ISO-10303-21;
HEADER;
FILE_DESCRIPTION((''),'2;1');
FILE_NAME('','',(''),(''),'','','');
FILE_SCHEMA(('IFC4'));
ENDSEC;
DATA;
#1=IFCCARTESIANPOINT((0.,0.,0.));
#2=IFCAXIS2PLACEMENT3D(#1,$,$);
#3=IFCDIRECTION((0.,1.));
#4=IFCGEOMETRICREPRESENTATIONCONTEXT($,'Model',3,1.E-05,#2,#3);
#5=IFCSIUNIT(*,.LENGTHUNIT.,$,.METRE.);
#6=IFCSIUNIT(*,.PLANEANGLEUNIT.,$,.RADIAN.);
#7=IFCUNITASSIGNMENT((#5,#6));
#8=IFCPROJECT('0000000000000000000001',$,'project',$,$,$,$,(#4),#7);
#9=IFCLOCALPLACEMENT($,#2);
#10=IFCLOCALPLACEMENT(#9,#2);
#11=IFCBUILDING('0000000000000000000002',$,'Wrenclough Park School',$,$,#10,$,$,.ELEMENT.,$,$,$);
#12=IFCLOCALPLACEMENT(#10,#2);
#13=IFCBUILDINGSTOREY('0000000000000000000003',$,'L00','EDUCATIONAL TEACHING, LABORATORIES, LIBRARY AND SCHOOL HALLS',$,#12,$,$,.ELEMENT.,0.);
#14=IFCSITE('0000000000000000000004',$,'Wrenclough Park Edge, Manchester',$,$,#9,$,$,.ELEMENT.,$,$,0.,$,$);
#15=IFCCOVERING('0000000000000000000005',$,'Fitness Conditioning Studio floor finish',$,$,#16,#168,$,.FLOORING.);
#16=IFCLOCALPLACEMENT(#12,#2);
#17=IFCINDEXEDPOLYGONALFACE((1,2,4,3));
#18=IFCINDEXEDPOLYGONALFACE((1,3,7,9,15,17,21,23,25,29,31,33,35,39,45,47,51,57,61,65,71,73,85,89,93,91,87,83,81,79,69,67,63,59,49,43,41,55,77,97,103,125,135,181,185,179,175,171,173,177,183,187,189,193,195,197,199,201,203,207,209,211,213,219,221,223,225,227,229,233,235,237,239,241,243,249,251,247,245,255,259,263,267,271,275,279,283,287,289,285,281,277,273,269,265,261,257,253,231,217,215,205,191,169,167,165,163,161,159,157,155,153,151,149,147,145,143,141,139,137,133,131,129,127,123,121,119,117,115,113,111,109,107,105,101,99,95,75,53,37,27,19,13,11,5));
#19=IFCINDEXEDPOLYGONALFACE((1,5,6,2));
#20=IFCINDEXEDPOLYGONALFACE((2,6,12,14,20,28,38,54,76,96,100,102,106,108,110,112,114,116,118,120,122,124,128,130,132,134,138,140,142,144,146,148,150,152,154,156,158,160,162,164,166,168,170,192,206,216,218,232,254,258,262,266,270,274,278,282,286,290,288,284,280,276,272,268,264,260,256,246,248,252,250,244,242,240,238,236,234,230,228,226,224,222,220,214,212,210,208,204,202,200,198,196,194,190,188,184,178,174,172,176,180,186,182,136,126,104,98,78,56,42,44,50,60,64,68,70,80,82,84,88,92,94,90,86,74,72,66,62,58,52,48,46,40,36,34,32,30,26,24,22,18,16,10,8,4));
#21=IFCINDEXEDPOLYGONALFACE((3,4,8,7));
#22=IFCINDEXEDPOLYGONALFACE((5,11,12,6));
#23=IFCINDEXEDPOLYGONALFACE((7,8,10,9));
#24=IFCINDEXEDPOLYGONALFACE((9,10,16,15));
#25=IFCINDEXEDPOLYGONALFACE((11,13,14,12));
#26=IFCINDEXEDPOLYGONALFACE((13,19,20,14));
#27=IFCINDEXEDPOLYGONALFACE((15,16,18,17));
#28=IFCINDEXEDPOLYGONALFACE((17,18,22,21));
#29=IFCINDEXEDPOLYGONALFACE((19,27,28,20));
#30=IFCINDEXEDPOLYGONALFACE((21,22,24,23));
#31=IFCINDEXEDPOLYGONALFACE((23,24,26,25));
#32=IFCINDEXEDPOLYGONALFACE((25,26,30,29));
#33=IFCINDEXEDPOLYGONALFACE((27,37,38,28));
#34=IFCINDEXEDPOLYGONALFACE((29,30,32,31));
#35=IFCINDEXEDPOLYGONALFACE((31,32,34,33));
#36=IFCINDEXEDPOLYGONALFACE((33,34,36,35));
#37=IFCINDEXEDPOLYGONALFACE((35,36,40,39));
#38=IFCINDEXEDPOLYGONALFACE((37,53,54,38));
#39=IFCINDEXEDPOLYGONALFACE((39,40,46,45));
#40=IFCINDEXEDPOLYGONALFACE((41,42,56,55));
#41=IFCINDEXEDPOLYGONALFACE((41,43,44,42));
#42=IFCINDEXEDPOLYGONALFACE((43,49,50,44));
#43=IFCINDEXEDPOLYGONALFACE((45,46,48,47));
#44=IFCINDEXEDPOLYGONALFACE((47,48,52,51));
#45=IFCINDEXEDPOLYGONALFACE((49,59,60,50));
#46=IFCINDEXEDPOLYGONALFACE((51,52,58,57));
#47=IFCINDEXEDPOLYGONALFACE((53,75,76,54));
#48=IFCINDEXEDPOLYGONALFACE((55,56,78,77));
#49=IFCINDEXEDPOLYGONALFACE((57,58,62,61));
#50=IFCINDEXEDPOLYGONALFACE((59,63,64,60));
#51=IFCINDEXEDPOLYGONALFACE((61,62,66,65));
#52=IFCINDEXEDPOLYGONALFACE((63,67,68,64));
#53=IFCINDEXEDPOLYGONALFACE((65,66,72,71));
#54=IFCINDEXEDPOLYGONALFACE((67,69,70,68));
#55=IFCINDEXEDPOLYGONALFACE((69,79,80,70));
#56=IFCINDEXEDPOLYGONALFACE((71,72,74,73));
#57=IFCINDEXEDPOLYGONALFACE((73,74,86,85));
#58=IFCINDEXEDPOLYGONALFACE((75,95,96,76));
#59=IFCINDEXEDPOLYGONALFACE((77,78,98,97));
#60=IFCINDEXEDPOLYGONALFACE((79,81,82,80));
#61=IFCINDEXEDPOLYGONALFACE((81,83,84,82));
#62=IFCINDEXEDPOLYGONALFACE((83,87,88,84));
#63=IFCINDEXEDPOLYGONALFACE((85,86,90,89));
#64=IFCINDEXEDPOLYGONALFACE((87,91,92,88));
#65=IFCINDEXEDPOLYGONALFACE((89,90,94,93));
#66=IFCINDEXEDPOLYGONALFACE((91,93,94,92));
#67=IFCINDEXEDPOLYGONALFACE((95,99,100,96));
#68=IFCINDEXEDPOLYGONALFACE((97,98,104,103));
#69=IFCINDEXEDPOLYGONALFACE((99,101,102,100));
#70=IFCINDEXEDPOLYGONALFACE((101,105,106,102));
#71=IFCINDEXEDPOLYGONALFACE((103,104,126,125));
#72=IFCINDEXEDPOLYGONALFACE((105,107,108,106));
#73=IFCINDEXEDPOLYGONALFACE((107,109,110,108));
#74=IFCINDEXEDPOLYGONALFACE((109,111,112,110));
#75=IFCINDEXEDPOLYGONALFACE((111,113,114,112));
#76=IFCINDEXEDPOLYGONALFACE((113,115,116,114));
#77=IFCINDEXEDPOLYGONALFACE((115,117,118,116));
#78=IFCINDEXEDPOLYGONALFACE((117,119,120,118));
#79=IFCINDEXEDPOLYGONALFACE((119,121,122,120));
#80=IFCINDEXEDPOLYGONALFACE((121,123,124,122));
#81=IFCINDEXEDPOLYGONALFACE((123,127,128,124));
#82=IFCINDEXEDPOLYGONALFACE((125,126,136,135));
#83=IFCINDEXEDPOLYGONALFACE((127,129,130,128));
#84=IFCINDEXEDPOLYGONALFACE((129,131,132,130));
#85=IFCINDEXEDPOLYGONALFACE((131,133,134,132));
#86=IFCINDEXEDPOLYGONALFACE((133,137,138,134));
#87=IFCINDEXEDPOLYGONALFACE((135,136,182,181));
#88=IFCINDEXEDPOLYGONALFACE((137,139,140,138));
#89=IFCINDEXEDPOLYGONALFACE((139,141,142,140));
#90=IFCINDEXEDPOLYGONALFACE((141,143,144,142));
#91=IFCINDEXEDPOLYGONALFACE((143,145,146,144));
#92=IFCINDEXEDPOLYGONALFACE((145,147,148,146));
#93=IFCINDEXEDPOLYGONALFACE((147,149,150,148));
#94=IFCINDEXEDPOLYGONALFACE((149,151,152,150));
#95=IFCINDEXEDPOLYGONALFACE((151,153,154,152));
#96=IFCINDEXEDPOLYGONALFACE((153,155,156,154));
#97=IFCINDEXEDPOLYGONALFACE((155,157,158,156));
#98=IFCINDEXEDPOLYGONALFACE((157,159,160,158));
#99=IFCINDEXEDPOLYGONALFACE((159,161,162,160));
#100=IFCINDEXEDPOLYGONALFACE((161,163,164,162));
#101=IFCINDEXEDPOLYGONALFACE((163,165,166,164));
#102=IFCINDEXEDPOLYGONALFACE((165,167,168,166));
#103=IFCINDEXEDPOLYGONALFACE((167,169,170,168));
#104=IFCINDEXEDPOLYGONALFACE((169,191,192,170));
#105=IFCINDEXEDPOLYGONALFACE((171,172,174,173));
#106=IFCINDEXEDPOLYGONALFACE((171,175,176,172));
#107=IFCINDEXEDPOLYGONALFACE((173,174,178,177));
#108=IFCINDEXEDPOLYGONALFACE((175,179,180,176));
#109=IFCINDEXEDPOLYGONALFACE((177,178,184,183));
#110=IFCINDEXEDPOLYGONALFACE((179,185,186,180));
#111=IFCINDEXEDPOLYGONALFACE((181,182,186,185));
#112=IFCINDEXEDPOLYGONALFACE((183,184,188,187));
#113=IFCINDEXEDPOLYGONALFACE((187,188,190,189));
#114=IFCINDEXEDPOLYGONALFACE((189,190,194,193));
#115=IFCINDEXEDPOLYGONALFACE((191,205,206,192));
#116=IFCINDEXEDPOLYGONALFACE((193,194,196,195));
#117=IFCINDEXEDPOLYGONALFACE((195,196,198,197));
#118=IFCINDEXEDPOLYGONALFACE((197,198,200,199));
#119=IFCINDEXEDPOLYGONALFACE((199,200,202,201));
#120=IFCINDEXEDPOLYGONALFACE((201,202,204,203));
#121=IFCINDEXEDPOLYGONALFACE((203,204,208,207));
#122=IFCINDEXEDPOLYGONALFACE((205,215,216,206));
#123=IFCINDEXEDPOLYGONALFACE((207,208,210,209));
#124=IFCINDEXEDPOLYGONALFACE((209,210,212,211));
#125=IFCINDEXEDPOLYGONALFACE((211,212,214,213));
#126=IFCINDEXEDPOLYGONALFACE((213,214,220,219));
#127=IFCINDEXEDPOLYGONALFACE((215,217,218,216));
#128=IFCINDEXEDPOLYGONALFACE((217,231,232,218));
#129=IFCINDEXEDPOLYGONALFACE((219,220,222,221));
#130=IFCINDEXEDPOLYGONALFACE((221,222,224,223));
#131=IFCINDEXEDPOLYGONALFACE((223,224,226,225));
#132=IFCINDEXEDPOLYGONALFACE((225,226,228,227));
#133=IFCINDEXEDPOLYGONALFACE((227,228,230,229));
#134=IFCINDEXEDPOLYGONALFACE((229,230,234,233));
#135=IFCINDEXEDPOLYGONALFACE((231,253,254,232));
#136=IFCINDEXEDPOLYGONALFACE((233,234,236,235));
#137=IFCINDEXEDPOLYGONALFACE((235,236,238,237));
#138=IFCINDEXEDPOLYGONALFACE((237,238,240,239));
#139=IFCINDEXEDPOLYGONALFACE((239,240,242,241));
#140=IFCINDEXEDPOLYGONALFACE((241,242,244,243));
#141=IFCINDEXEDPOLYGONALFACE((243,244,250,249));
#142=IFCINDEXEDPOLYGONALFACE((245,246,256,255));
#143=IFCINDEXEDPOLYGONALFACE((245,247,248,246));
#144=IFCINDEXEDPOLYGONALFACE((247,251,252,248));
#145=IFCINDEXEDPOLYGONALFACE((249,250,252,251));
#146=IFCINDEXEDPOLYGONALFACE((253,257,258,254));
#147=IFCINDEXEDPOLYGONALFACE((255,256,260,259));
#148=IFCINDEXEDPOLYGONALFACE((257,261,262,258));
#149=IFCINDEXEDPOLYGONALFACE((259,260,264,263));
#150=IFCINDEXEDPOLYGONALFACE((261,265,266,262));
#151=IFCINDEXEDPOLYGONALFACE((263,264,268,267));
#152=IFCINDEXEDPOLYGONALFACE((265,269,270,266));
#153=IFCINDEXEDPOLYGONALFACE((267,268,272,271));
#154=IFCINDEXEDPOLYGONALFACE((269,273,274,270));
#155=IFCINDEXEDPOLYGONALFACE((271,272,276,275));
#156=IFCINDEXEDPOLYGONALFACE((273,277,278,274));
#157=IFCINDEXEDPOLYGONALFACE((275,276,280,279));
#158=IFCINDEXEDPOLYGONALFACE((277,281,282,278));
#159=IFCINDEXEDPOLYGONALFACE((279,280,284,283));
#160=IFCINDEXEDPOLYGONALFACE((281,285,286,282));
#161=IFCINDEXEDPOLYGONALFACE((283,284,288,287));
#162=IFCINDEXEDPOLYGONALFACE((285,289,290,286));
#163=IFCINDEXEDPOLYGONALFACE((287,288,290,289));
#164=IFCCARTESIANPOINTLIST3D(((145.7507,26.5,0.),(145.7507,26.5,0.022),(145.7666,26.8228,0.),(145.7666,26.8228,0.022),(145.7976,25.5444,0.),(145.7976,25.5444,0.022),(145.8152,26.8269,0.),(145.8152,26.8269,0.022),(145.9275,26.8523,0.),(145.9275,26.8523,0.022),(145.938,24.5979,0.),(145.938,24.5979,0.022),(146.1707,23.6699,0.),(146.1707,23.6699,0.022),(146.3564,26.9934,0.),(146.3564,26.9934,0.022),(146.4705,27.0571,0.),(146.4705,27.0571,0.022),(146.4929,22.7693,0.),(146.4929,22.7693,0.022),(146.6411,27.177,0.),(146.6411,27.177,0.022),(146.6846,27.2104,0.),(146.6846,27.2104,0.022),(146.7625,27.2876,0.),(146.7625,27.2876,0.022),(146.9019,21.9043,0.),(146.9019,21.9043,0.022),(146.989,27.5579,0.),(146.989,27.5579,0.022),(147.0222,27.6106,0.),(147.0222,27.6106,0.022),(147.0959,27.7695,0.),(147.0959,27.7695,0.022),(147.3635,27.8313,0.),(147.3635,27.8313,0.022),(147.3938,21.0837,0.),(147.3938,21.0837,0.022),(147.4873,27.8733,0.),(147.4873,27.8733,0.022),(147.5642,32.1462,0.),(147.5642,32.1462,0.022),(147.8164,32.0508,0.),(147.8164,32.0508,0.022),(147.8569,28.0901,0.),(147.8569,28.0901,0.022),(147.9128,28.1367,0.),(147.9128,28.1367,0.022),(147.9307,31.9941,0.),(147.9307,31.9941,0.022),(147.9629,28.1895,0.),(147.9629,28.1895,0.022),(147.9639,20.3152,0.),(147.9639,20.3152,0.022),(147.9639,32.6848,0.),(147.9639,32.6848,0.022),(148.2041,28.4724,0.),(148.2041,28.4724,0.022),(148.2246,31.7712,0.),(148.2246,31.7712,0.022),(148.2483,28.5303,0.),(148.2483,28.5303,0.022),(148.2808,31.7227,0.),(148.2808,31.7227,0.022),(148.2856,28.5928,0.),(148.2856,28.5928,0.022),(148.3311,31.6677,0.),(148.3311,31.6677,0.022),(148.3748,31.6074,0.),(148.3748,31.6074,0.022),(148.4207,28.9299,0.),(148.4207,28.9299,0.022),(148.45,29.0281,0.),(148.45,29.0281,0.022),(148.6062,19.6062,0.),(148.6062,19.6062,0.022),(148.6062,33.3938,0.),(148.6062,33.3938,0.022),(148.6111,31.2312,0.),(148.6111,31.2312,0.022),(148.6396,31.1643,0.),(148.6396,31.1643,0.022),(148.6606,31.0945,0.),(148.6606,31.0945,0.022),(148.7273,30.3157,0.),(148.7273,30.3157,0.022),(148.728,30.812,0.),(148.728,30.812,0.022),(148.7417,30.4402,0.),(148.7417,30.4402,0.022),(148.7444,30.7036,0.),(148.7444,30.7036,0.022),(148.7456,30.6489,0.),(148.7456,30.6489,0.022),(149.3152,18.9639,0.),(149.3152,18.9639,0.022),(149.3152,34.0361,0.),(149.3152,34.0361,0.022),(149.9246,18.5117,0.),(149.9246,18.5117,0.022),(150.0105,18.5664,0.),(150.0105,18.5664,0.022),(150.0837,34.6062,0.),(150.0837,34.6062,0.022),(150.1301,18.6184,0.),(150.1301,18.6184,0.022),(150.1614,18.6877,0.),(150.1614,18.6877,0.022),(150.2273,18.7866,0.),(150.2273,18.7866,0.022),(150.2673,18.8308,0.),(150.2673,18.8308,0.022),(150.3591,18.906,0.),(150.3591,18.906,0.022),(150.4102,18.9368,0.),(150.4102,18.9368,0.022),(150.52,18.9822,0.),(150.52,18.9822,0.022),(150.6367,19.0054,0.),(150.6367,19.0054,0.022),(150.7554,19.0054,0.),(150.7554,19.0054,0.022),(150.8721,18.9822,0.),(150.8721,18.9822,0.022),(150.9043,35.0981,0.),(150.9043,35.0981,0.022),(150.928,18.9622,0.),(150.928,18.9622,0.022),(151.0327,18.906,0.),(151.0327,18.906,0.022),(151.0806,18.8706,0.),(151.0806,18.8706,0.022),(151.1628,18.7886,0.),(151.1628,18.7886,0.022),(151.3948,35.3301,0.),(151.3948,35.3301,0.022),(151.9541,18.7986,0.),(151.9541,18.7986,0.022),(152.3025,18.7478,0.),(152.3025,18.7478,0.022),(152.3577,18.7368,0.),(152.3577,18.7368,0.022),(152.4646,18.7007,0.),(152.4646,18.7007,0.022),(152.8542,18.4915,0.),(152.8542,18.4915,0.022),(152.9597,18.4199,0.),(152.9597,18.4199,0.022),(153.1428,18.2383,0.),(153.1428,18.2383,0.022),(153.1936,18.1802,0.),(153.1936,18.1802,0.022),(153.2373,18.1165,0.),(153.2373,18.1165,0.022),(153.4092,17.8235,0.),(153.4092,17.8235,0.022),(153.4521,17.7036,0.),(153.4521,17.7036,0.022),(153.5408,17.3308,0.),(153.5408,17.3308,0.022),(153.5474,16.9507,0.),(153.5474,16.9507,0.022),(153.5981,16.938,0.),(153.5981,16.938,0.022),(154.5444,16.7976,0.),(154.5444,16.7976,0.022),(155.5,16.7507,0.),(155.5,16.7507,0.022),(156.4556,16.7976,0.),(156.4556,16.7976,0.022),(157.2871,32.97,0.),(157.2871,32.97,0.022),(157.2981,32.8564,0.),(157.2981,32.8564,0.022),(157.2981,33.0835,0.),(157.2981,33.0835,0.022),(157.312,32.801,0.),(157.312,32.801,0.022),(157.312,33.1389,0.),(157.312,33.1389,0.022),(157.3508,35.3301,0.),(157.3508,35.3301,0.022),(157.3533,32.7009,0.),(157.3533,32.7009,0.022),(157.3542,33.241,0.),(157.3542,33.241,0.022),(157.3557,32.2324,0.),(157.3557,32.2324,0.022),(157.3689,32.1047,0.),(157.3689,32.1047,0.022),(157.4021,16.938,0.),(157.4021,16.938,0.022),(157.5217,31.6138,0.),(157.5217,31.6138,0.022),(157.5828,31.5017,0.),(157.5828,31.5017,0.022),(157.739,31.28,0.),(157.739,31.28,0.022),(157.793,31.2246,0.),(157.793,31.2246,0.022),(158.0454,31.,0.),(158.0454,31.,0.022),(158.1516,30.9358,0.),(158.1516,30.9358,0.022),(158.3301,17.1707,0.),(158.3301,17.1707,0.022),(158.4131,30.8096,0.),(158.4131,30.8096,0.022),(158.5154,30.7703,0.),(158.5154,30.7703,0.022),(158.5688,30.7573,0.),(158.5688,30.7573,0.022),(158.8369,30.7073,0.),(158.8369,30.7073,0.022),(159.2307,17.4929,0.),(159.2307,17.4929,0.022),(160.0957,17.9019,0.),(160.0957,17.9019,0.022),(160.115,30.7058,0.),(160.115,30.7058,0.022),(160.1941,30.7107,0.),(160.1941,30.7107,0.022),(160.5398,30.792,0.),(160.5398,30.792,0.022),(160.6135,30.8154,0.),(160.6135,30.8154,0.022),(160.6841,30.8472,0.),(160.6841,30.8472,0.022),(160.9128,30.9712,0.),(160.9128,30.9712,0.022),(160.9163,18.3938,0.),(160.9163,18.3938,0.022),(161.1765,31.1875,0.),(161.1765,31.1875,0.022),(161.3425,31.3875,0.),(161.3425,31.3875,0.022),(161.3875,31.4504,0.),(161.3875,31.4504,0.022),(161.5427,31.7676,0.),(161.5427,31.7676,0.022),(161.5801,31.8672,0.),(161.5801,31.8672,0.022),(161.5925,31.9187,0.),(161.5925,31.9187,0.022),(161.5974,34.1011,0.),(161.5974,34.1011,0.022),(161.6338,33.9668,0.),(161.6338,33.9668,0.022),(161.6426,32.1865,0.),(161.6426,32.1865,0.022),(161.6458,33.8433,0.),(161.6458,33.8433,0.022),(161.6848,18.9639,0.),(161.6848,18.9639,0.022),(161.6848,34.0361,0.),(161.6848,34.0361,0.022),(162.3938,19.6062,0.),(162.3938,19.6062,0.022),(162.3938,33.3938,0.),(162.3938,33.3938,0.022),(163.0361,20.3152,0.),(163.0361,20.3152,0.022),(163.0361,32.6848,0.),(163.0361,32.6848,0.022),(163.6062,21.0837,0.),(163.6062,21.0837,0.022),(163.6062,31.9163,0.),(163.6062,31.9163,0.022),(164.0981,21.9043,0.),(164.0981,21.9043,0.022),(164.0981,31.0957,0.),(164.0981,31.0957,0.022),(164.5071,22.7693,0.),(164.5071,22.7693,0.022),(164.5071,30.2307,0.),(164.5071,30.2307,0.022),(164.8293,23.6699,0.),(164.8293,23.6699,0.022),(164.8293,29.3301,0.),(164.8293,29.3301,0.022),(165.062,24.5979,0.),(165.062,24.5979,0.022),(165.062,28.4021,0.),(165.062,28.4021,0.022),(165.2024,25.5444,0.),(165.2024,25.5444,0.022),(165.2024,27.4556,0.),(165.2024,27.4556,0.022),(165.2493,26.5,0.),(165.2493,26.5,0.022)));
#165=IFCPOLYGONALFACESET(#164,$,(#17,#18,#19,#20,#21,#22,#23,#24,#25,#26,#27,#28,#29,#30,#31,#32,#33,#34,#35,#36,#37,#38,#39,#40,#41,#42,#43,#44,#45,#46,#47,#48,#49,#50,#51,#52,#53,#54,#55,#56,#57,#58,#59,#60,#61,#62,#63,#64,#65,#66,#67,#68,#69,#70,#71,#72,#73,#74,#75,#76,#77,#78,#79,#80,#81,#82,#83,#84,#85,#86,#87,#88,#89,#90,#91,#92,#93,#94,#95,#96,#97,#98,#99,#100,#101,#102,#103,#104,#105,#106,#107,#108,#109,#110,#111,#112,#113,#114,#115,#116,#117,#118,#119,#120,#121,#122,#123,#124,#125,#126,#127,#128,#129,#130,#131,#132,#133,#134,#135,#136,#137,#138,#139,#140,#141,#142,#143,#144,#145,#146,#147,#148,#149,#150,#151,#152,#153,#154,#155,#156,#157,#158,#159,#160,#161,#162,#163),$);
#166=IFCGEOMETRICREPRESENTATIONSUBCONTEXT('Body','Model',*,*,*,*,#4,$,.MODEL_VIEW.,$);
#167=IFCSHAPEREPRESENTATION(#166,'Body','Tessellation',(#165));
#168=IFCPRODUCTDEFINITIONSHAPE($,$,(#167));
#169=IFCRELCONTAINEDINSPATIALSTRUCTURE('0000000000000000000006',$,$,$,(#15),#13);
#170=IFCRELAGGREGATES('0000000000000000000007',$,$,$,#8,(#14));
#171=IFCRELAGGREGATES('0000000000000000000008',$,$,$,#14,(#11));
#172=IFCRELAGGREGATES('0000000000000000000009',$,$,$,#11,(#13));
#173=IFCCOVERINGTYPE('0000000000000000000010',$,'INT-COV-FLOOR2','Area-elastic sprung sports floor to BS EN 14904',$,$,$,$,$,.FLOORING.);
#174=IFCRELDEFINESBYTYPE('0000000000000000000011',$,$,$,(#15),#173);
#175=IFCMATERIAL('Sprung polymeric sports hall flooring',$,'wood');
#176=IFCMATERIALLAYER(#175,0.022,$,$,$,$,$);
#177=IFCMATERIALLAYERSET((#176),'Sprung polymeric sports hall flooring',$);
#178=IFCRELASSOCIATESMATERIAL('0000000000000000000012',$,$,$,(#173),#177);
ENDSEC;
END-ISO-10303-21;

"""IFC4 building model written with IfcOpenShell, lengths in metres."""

from ifc_helpers import new_model, si_unit, direction, origin, place, context, subcontext, project, spatial, polyline, outline, extrude, material, layer, layer_set, type_object, element, save


model = new_model("IFC4")

# Units and contexts
model_context = context("Model", 3, precision=1e-05, world=origin(), true_north=direction((0.0, 1.0)))
body_context = subcontext(model_context, "Body", "Model", "MODEL_VIEW")
ifc_project = project(units=[si_unit("LENGTHUNIT", "METRE"), si_unit("PLANEANGLEUNIT", "RADIAN")], contexts=[model_context])

# Site, building, storey
site_placement = place(None, origin())
site = spatial("IfcSite", under=ifc_project, at=site_placement, Name="Wrenclough Park Edge, Manchester", CompositionType="ELEMENT", RefElevation=0.0)
building_placement = place(site_placement, origin())
building = spatial("IfcBuilding", under=site, at=building_placement, Name="Wrenclough Park School", CompositionType="ELEMENT")
storey_placement = place(building_placement, origin())
storey = spatial("IfcBuildingStorey", under=building, at=storey_placement, Name="L00", Description="EDUCATIONAL TEACHING, LABORATORIES, LIBRARY AND SCHOOL HALLS", CompositionType="ELEMENT", Elevation=0.0)

# Covering
ifc_material_1 = material(Name="Sprung polymeric sports hall flooring", Category="wood")
ifc_layer_1 = layer(ifc_material_1, 0.022)
ifc_layer_set_1 = layer_set([ifc_layer_1], Name="Sprung polymeric sports hall flooring")
covering_type_1 = type_object("IfcCoveringType", Name="INT-COV-FLOOR2", Description="Area-elastic sprung sports floor to BS EN 14904", PredefinedType="FLOORING", material=ifc_layer_set_1)
covering_1_placement = place(storey_placement, origin())
element("IfcCovering", 1, at=covering_1_placement, inside=storey, type_object=covering_type_1, Name="Fitness Conditioning Studio floor finish", PredefinedType="FLOORING", context=body_context, shape_type="SweptSolid", body=[
    extrude(outline(polyline([(145.8152, 26.8269), (145.7666, 26.8228), (145.7507, 26.5), (145.7976, 25.5444), (145.938, 24.5979), (146.1707, 23.6699), (146.4929, 22.7693), (146.9019, 21.9043), (147.3938, 21.0837), (147.9639, 20.3152), (148.6062, 19.6062), (149.3152, 18.9639), (149.9246, 18.5117), (150.0105, 18.5664), (150.1301, 18.6184), (150.1614, 18.6877), (150.2273, 18.7866), (150.2673, 18.8308), (150.3591, 18.906), (150.4102, 18.9368), (150.52, 18.9822), (150.6367, 19.0054), (150.7554, 19.0054), (150.8721, 18.9822), (150.928, 18.9622), (151.0327, 18.906), (151.0806, 18.8706), (151.1628, 18.7886), (151.9541, 18.7986), (152.3025, 18.7478), (152.3577, 18.7368), (152.4646, 18.7007), (152.8542, 18.4915), (152.9597, 18.4199), (153.1428, 18.2383), (153.1936, 18.1802), (153.2373, 18.1165), (153.4092, 17.8235), (153.4521, 17.7036), (153.5408, 17.3308), (153.5474, 16.9507), (153.5981, 16.938), (154.5444, 16.7976), (155.5, 16.7507), (156.4556, 16.7976), (157.4021, 16.938), (158.3301, 17.1707), (159.2307, 17.4929), (160.0957, 17.9019), (160.9163, 18.3938), (161.6848, 18.9639), (162.3938, 19.6062), (163.0361, 20.3152), (163.6062, 21.0837), (164.0981, 21.9043), (164.5071, 22.7693), (164.8293, 23.6699), (165.062, 24.5979), (165.2024, 25.5444), (165.2493, 26.5), (165.2024, 27.4556), (165.062, 28.4021), (164.8293, 29.3301), (164.5071, 30.2307), (164.0981, 31.0957), (163.6062, 31.9163), (163.0361, 32.6848), (162.3938, 33.3938), (161.6848, 34.0361), (161.5974, 34.1011), (161.6338, 33.9668), (161.6458, 33.8433), (161.6426, 32.1865), (161.5925, 31.9187), (161.5801, 31.8672), (161.5427, 31.7676), (161.3875, 31.4504), (161.3425, 31.3875), (161.1765, 31.1875), (160.9128, 30.9712), (160.6841, 30.8472), (160.6135, 30.8154), (160.5398, 30.792), (160.1941, 30.7107), (160.115, 30.7058), (158.8369, 30.7073), (158.5688, 30.7573), (158.5154, 30.7703), (158.4131, 30.8096), (158.1516, 30.9358), (158.0454, 31.0), (157.793, 31.2246), (157.739, 31.28), (157.5828, 31.5017), (157.5217, 31.6138), (157.3689, 32.1047), (157.3557, 32.2324), (157.3533, 32.7009), (157.312, 32.801), (157.2981, 32.8564), (157.2871, 32.97), (157.2981, 33.0835), (157.312, 33.1389), (157.3542, 33.241), (157.3508, 35.3301), (151.3948, 35.3301), (150.9043, 35.0981), (150.0837, 34.6062), (149.3152, 34.0361), (148.6062, 33.3938), (147.9639, 32.6848), (147.5642, 32.1462), (147.8164, 32.0508), (147.9307, 31.9941), (148.2246, 31.7712), (148.2808, 31.7227), (148.3311, 31.6677), (148.3748, 31.6074), (148.6111, 31.2312), (148.6396, 31.1643), (148.6606, 31.0945), (148.728, 30.812), (148.7444, 30.7036), (148.7456, 30.6489), (148.7417, 30.4402), (148.7273, 30.3157), (148.45, 29.0281), (148.4207, 28.9299), (148.2856, 28.5928), (148.2483, 28.5303), (148.2041, 28.4724), (147.9629, 28.1895), (147.9128, 28.1367), (147.8569, 28.0901), (147.4873, 27.8733), (147.3635, 27.8313), (147.0959, 27.7695), (147.0222, 27.6106), (146.989, 27.5579), (146.7625, 27.2876), (146.6846, 27.2104), (146.6411, 27.177), (146.4705, 27.0571), (146.3564, 26.9934), (145.9275, 26.8523), (145.8152, 26.8269)])), origin(), (0.0, 0.0, 1.0), 0.022),
])

save(model, "model.ifc")
